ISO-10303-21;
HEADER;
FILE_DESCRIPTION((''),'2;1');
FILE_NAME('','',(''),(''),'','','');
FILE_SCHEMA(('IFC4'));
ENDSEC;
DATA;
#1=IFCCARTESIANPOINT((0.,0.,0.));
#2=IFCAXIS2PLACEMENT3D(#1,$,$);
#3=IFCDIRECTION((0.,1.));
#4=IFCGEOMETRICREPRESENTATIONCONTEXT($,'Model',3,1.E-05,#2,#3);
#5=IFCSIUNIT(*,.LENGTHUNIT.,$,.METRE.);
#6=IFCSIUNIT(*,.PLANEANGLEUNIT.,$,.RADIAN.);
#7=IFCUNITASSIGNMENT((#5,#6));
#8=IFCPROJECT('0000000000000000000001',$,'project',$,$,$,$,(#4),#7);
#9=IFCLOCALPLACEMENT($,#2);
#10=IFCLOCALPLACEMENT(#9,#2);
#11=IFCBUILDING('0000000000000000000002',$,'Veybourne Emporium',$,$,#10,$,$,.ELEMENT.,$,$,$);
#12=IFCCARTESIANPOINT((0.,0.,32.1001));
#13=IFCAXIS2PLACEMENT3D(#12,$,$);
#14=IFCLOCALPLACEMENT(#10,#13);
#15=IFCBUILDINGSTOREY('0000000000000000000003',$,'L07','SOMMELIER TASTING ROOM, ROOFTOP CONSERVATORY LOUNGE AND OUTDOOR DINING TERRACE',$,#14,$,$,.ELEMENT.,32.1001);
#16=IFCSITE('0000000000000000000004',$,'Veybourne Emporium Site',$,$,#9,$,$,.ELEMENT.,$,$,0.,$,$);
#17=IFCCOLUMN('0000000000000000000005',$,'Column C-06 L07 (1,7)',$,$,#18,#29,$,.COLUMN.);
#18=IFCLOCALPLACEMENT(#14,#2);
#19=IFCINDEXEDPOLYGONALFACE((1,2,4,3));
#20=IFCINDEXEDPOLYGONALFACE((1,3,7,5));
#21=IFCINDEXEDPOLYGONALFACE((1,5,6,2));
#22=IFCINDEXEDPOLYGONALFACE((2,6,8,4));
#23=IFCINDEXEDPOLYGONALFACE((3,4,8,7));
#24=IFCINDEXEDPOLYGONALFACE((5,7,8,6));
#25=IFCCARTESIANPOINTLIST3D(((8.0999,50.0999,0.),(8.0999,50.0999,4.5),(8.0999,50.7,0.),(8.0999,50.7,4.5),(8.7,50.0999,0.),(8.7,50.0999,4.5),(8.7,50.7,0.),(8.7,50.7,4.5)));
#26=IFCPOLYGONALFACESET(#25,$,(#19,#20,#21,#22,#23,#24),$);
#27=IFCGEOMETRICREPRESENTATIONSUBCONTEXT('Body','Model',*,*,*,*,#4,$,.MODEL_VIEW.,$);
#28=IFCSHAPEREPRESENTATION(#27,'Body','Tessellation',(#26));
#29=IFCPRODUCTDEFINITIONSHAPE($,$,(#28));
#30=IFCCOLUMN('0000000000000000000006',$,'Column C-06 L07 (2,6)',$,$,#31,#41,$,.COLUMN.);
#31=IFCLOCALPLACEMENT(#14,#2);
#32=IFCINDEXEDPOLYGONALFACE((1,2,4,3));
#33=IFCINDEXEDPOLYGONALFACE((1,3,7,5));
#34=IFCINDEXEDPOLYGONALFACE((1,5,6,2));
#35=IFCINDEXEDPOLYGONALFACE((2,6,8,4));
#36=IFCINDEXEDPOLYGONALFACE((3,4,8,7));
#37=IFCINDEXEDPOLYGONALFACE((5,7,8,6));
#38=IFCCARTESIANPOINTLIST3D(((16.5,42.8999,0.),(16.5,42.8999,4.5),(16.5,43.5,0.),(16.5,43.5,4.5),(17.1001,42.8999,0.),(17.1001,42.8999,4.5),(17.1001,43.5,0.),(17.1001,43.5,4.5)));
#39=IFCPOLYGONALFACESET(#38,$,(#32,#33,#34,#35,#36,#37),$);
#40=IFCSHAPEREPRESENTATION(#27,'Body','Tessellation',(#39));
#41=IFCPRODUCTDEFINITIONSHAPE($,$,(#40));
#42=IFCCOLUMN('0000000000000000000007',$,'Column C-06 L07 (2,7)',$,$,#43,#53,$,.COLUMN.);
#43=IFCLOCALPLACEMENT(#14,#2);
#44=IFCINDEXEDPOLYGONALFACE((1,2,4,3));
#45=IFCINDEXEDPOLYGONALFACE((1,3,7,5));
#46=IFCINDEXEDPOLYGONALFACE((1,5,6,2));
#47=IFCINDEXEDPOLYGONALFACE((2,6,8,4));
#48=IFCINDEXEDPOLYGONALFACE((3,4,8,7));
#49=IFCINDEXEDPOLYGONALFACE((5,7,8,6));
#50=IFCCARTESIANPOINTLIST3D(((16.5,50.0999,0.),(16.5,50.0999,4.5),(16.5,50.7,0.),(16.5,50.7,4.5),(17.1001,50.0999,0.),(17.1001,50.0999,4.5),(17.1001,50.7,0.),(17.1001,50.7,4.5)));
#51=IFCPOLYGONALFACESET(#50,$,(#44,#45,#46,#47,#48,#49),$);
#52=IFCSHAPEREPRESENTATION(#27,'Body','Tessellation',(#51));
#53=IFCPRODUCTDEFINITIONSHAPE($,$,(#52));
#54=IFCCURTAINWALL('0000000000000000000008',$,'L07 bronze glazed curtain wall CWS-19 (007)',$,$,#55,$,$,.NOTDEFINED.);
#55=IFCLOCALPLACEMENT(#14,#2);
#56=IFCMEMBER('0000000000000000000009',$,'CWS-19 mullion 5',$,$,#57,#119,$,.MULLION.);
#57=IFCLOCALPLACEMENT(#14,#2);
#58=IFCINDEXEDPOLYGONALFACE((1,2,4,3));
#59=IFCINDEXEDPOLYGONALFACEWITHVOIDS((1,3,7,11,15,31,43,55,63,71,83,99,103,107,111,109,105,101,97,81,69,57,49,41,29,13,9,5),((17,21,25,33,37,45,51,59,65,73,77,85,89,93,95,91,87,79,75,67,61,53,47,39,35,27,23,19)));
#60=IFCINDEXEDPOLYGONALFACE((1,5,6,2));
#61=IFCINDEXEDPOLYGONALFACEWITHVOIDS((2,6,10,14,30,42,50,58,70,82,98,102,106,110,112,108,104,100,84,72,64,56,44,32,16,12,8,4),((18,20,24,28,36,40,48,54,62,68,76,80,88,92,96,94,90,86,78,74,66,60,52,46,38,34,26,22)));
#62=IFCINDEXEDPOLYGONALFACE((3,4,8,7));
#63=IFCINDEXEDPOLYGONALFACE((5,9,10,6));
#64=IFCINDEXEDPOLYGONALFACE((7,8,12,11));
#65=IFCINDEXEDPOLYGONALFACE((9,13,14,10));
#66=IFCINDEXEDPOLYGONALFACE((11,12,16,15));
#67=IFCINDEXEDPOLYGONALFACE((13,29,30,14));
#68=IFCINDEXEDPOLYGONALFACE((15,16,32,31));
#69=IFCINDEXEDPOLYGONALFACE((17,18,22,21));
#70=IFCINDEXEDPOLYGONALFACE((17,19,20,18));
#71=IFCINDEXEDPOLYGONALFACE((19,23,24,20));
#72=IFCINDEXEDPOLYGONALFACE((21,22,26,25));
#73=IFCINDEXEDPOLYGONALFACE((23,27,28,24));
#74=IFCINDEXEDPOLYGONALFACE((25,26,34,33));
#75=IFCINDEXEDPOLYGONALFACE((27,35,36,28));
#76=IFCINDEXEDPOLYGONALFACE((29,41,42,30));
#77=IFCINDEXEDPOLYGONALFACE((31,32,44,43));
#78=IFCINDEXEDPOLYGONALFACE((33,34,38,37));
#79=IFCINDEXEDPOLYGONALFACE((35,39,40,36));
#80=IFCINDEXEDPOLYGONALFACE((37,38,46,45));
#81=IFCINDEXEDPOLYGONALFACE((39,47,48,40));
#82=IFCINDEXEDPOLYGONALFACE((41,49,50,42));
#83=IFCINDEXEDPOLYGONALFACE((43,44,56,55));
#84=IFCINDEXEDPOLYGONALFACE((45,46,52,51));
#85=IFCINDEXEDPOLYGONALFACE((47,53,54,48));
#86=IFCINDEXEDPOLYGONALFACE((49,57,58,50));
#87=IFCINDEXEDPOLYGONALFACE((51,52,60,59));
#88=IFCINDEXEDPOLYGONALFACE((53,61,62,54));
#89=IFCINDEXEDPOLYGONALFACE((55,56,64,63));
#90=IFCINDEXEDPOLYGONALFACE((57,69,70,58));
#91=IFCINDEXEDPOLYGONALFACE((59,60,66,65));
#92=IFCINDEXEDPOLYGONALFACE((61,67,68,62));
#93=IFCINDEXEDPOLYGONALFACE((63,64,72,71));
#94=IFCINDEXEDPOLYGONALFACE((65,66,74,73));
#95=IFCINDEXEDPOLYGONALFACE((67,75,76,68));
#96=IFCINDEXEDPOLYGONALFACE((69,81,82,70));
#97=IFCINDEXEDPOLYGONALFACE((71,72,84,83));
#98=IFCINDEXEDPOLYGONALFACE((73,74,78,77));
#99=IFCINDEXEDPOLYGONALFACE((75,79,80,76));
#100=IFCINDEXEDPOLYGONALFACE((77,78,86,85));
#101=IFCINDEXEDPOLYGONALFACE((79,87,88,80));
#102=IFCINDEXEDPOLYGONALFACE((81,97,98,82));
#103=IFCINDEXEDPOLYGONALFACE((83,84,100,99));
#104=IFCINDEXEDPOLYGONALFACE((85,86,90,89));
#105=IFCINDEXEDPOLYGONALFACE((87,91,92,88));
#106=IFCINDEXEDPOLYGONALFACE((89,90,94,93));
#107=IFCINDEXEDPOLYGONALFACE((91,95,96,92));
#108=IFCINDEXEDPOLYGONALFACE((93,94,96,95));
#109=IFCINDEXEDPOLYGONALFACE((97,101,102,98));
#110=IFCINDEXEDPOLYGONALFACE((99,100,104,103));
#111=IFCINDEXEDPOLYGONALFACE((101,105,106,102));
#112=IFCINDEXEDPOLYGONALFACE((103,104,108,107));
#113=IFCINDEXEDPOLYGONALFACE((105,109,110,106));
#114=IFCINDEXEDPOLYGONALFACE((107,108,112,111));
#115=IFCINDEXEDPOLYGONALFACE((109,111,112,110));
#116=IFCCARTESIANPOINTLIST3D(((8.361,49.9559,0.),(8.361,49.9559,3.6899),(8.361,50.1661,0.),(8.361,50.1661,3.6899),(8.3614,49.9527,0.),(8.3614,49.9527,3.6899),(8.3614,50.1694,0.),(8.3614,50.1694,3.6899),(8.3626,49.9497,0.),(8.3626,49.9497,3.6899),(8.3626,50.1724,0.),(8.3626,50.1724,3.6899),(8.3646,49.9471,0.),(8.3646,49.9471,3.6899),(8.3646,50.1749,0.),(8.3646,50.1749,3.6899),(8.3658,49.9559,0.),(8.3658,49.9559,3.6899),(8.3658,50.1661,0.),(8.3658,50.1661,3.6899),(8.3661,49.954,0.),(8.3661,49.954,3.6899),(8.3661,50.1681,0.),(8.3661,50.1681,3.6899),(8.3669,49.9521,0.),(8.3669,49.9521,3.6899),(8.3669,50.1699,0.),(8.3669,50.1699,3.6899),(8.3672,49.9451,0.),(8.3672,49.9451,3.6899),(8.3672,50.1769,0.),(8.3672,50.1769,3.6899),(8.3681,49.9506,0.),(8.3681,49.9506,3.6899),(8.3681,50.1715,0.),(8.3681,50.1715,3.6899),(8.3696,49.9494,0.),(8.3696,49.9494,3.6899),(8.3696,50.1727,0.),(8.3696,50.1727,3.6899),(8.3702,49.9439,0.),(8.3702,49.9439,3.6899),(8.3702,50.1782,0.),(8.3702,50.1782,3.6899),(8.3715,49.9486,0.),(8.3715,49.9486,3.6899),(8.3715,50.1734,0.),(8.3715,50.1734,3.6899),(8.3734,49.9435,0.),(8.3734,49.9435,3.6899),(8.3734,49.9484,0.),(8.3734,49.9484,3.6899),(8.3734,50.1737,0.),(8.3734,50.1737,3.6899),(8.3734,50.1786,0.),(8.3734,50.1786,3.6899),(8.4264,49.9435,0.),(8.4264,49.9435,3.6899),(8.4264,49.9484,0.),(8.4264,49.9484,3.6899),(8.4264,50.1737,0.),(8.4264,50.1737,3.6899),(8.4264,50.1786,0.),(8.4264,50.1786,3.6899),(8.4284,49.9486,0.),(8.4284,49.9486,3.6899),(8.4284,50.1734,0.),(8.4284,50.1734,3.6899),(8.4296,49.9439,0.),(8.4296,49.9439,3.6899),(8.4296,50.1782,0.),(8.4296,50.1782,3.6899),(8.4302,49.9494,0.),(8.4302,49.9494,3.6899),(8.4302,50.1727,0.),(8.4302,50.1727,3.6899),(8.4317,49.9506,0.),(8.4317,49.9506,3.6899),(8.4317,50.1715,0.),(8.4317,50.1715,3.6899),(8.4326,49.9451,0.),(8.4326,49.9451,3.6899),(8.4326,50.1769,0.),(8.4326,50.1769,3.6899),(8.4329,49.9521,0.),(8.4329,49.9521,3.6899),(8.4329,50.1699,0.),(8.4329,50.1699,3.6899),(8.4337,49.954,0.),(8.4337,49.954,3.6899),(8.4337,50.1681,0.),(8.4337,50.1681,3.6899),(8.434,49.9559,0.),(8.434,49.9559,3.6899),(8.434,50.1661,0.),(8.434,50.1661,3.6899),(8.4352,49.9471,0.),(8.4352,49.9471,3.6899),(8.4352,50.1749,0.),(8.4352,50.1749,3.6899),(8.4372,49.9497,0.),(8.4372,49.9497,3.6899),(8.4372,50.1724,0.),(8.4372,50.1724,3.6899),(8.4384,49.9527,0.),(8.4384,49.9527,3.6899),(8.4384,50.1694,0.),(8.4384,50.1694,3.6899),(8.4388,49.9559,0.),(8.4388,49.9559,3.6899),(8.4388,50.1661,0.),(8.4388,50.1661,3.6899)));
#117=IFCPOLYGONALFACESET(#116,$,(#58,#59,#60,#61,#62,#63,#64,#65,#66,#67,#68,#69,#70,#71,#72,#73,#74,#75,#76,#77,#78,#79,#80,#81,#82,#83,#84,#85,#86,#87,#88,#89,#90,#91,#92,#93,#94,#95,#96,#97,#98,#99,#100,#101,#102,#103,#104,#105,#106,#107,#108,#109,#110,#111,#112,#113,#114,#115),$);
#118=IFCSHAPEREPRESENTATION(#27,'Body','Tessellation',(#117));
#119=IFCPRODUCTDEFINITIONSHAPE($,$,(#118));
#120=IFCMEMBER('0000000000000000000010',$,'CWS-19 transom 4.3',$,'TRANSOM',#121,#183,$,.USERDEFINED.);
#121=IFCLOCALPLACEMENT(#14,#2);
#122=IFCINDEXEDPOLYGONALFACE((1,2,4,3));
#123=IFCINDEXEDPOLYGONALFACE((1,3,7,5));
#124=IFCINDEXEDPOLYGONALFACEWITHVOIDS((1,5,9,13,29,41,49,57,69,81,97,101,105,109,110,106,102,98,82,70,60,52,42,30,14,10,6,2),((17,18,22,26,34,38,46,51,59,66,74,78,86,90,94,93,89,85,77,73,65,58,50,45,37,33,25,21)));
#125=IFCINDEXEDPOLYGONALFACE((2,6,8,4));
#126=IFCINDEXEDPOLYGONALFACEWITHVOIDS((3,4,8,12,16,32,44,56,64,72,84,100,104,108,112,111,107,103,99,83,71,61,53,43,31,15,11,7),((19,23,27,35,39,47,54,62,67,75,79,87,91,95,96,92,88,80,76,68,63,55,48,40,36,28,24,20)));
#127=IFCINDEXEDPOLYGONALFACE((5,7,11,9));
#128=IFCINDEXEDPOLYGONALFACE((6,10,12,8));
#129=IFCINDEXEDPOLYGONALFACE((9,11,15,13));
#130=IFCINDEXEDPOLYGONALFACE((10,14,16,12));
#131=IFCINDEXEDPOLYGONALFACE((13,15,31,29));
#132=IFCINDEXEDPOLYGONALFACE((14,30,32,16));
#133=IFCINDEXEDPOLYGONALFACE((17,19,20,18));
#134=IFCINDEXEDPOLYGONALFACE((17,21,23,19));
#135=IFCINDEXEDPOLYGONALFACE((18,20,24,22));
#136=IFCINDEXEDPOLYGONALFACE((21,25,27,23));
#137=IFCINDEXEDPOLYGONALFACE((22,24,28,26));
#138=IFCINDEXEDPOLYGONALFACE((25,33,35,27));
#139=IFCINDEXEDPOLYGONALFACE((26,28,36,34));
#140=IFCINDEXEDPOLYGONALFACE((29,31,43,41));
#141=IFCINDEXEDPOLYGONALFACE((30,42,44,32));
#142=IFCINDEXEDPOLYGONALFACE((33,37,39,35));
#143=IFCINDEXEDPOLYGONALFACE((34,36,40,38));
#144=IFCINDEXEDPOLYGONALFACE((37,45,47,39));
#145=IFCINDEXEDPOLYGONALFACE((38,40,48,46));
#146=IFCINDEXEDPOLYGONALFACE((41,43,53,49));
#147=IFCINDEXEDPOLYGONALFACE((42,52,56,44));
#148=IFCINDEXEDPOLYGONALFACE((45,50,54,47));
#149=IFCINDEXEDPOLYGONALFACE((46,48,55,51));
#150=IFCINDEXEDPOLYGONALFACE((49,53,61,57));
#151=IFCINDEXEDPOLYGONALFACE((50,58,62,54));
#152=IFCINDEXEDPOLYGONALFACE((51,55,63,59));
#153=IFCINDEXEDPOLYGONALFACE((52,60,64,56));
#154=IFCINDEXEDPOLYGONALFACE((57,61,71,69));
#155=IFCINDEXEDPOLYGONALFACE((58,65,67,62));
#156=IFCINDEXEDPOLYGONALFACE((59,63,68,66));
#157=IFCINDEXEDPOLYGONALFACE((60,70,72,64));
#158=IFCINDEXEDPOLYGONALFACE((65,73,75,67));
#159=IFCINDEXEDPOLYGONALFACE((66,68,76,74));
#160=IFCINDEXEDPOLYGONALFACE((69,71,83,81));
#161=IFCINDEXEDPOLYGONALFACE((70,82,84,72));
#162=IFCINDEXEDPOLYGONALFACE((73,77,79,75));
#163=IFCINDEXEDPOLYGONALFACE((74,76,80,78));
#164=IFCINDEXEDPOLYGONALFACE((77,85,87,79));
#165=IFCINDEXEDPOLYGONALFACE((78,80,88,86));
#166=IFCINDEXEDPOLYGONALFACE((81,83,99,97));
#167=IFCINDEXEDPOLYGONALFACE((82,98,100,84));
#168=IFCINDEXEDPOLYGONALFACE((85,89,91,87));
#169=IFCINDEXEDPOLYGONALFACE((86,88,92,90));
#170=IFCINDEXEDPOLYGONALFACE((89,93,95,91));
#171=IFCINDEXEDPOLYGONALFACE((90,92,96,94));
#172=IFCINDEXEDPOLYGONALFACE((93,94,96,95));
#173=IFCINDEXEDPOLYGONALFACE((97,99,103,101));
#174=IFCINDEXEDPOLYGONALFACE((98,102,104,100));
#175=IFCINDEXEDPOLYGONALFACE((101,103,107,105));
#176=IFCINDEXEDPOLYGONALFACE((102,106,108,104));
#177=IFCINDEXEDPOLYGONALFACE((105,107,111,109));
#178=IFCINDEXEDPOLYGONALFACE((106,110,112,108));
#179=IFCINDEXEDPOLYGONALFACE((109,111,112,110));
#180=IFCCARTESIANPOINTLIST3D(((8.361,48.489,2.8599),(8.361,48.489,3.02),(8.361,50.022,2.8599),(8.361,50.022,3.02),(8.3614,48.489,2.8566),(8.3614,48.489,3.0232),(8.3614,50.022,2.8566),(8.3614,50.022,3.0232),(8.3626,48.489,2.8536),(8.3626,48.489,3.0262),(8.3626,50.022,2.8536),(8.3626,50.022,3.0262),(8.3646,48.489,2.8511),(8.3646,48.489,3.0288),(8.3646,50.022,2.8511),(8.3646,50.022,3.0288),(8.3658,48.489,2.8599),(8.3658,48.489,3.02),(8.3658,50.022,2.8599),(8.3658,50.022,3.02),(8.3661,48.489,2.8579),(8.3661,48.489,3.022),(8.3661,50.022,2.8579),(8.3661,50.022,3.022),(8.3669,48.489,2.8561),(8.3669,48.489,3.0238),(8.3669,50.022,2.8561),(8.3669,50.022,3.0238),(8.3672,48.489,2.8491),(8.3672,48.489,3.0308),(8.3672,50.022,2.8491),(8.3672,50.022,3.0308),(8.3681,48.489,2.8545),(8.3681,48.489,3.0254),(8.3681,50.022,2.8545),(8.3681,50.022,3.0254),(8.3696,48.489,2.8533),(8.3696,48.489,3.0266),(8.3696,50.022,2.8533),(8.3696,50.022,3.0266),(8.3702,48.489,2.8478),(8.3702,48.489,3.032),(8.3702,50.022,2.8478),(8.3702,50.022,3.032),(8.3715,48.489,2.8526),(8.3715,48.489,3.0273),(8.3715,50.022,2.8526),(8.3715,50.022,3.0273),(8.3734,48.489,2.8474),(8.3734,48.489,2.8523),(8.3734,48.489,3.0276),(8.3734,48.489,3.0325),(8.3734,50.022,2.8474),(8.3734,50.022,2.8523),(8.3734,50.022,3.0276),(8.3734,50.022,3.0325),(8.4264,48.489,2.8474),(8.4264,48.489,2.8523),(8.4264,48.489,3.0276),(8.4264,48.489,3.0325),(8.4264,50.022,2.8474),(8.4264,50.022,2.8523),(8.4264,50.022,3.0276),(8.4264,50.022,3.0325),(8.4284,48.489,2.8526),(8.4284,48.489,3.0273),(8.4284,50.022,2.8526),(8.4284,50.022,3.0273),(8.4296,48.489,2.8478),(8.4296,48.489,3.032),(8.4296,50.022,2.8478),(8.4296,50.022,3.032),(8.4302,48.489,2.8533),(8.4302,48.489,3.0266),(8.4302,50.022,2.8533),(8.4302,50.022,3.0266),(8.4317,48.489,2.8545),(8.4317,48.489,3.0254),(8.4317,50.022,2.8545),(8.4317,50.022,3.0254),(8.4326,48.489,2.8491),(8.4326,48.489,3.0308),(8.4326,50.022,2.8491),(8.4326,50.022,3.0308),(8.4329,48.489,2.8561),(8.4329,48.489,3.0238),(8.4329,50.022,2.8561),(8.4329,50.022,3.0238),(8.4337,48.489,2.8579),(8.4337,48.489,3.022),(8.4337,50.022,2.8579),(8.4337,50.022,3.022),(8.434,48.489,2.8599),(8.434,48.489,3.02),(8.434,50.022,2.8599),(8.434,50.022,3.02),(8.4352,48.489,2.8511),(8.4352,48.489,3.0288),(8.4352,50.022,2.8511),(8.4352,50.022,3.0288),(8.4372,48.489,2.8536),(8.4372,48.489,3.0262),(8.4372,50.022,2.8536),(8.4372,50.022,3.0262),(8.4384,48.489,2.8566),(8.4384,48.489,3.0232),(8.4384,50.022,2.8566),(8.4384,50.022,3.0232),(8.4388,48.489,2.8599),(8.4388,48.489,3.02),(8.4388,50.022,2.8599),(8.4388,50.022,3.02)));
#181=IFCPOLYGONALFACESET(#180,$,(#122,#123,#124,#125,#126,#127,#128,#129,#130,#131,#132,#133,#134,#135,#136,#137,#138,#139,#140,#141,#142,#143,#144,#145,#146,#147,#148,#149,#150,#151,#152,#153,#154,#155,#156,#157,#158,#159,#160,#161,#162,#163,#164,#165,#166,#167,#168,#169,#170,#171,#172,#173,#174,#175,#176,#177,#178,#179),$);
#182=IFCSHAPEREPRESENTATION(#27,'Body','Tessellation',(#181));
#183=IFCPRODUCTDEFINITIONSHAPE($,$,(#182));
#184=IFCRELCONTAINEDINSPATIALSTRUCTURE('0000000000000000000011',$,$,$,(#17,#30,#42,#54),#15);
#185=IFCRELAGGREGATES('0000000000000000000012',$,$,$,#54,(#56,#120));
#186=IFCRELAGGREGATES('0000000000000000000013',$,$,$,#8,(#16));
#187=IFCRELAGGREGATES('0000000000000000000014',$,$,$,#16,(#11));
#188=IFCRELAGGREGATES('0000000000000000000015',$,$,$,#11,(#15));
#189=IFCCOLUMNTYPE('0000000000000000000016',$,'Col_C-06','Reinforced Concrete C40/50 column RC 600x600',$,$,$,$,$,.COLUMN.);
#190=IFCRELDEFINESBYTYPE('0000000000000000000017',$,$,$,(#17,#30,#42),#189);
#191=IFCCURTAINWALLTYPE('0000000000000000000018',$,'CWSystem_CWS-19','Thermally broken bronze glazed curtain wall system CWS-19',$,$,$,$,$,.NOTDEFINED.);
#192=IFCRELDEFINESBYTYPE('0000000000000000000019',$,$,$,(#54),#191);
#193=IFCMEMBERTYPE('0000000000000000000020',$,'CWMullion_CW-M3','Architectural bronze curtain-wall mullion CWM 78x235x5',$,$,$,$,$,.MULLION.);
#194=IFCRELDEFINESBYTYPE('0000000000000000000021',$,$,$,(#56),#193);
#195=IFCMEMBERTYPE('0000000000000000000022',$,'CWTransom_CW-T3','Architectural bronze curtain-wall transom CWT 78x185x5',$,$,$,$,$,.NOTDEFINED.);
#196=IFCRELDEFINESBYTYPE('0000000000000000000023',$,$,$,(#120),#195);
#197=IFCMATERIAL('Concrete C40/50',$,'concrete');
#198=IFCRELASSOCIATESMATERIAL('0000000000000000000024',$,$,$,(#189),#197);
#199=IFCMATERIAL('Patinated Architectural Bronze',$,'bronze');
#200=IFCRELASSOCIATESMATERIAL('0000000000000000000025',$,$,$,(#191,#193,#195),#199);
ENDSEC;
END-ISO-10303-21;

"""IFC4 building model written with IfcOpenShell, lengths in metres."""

from ifc_helpers import new_model, si_unit, direction, frame, origin, origin_2d, place, context, subcontext, project, spatial, rectangle, hollow_rectangle, extrude, material, material_profile, profile_set, type_object, element, aggregate, save


model = new_model("IFC4")

# Units and contexts
model_context = context("Model", 3, precision=1e-05, world=origin(), true_north=direction((0.0, 1.0)))
body_context = subcontext(model_context, "Body", "Model", "MODEL_VIEW")
ifc_project = project(units=[si_unit("LENGTHUNIT", "METRE"), si_unit("PLANEANGLEUNIT", "RADIAN")], contexts=[model_context])

# Site, building, storey
site_placement = place(None, origin())
site = spatial("IfcSite", under=ifc_project, at=site_placement, Name="Veybourne Emporium Site", CompositionType="ELEMENT", RefElevation=0.0)
building_placement = place(site_placement, origin())
building = spatial("IfcBuilding", under=site, at=building_placement, Name="Veybourne Emporium", CompositionType="ELEMENT")
storey_placement = place(building_placement, frame((0.0, 0.0, 32.1001)))
storey = spatial("IfcBuildingStorey", under=building, at=storey_placement, Name="L07", Description="SOMMELIER TASTING ROOM, ROOFTOP CONSERVATORY LOUNGE AND OUTDOOR DINING TERRACE", CompositionType="ELEMENT", Elevation=32.1001)

# Columns
ifc_material_1 = material(Name="Concrete C40/50", Category="concrete")
ifc_material_profile_1 = material_profile(ifc_material_1, rectangle(XDim=0.6001, YDim=0.6001, at=origin_2d()), Name="RC 600x600")
ifc_profile_set_1 = profile_set([ifc_material_profile_1], Name="Concrete C40/50")
column_type = type_object("IfcColumnType", Name="Col_C-06", Description="Reinforced Concrete C40/50 column RC 600x600", PredefinedType="COLUMN", material=ifc_profile_set_1)
for number, where, z_axis, x_axis, name in (
    (1, (8.3999, 50.3999, 0.0), (0.0, 0.0, 1.0), (1.0, 0.0, 0.0), "Column C-06 L07 (1,7)"),
    (2, (16.8, 43.2, 0.0), (0.0, 0.0, 1.0), (1.0, 0.0, 0.0), "Column C-06 L07 (2,6)"),
    (3, (16.8, 50.3999, 0.0), (0.0, 0.0, 1.0), (1.0, 0.0, 0.0), "Column C-06 L07 (2,7)"),
):
    element("IfcColumn", number, at=place(storey_placement, frame(where, z_axis=z_axis, x_axis=x_axis)), inside=storey, type_object=column_type, Name=name, PredefinedType="COLUMN", context=body_context, shape_type="SweptSolid", body=[
        extrude(rectangle(XDim=0.6001, YDim=0.6001, at=origin_2d()), origin(), (0.0, 0.0, 1.0), 4.5),
    ])

# Curtain wall, members
ifc_material_2 = material(Name="Patinated Architectural Bronze", Category="bronze")
curtain_wall_type = type_object("IfcCurtainWallType", Name="CWSystem_CWS-19", Description="Thermally broken bronze glazed curtain wall system CWS-19", PredefinedType="NOTDEFINED", material=ifc_material_2)
curtain_wall_placement = place(storey_placement, origin())
curtain_wall = element("IfcCurtainWall", 4, at=curtain_wall_placement, inside=storey, type_object=curtain_wall_type, Name="L07 bronze glazed curtain wall CWS-19 (007)", PredefinedType="NOTDEFINED")
ifc_material_profile_2 = material_profile(ifc_material_2, hollow_rectangle(XDim=0.0779, YDim=0.2351, WallThickness=0.0049, InnerFilletRadius=0.0076, OuterFilletRadius=0.0125, at=origin_2d()), Name="CWM 78x235x5")
ifc_profile_set_2 = profile_set([ifc_material_profile_2], Name="Patinated Architectural Bronze")
member_type_1 = type_object("IfcMemberType", Name="CWMullion_CW-M3", Description="Architectural bronze curtain-wall mullion CWM 78x235x5", PredefinedType="MULLION", material=ifc_profile_set_2)
member_1_placement = place(storey_placement, frame((8.3999, 50.061, 0.0), z_axis=(0.0, 0.0, 1.0), x_axis=(-1.0, 0.0, 0.0)))
member_1 = element("IfcMember", 5, at=member_1_placement, type_object=member_type_1, Name="CWS-19 mullion 5", PredefinedType="MULLION", context=body_context, shape_type="SweptSolid", body=[
    extrude(hollow_rectangle(XDim=0.0779, YDim=0.2351, WallThickness=0.0049, InnerFilletRadius=0.0076, OuterFilletRadius=0.0125, at=origin_2d()), origin(), (0.0, 0.0, 1.0), 3.6899),
])
ifc_material_profile_3 = material_profile(ifc_material_2, hollow_rectangle(XDim=0.0779, YDim=0.1851, WallThickness=0.0049, InnerFilletRadius=0.0076, OuterFilletRadius=0.0125, at=origin_2d()), Name="CWT 78x185x5")
ifc_profile_set_3 = profile_set([ifc_material_profile_3], Name="Patinated Architectural Bronze")
member_type_2 = type_object("IfcMemberType", Name="CWTransom_CW-T3", Description="Architectural bronze curtain-wall transom CWT 78x185x5", PredefinedType="NOTDEFINED", material=ifc_profile_set_3)
member_2_placement = place(storey_placement, frame((8.3999, 48.489, 2.9399), z_axis=(0.0, 1.0, 0.0), x_axis=(-1.0, 0.0, 0.0)))
member_2 = element("IfcMember", 6, at=member_2_placement, type_object=member_type_2, Name="CWS-19 transom 4.3", ObjectType="TRANSOM", PredefinedType="USERDEFINED", context=body_context, shape_type="SweptSolid", body=[
    extrude(hollow_rectangle(XDim=0.0779, YDim=0.1851, WallThickness=0.0049, InnerFilletRadius=0.0076, OuterFilletRadius=0.0125, at=origin_2d()), origin(), (0.0, 0.0, 1.0), 1.533),
])

aggregate(curtain_wall, [member_1, member_2])

save(model, "model.ifc")
